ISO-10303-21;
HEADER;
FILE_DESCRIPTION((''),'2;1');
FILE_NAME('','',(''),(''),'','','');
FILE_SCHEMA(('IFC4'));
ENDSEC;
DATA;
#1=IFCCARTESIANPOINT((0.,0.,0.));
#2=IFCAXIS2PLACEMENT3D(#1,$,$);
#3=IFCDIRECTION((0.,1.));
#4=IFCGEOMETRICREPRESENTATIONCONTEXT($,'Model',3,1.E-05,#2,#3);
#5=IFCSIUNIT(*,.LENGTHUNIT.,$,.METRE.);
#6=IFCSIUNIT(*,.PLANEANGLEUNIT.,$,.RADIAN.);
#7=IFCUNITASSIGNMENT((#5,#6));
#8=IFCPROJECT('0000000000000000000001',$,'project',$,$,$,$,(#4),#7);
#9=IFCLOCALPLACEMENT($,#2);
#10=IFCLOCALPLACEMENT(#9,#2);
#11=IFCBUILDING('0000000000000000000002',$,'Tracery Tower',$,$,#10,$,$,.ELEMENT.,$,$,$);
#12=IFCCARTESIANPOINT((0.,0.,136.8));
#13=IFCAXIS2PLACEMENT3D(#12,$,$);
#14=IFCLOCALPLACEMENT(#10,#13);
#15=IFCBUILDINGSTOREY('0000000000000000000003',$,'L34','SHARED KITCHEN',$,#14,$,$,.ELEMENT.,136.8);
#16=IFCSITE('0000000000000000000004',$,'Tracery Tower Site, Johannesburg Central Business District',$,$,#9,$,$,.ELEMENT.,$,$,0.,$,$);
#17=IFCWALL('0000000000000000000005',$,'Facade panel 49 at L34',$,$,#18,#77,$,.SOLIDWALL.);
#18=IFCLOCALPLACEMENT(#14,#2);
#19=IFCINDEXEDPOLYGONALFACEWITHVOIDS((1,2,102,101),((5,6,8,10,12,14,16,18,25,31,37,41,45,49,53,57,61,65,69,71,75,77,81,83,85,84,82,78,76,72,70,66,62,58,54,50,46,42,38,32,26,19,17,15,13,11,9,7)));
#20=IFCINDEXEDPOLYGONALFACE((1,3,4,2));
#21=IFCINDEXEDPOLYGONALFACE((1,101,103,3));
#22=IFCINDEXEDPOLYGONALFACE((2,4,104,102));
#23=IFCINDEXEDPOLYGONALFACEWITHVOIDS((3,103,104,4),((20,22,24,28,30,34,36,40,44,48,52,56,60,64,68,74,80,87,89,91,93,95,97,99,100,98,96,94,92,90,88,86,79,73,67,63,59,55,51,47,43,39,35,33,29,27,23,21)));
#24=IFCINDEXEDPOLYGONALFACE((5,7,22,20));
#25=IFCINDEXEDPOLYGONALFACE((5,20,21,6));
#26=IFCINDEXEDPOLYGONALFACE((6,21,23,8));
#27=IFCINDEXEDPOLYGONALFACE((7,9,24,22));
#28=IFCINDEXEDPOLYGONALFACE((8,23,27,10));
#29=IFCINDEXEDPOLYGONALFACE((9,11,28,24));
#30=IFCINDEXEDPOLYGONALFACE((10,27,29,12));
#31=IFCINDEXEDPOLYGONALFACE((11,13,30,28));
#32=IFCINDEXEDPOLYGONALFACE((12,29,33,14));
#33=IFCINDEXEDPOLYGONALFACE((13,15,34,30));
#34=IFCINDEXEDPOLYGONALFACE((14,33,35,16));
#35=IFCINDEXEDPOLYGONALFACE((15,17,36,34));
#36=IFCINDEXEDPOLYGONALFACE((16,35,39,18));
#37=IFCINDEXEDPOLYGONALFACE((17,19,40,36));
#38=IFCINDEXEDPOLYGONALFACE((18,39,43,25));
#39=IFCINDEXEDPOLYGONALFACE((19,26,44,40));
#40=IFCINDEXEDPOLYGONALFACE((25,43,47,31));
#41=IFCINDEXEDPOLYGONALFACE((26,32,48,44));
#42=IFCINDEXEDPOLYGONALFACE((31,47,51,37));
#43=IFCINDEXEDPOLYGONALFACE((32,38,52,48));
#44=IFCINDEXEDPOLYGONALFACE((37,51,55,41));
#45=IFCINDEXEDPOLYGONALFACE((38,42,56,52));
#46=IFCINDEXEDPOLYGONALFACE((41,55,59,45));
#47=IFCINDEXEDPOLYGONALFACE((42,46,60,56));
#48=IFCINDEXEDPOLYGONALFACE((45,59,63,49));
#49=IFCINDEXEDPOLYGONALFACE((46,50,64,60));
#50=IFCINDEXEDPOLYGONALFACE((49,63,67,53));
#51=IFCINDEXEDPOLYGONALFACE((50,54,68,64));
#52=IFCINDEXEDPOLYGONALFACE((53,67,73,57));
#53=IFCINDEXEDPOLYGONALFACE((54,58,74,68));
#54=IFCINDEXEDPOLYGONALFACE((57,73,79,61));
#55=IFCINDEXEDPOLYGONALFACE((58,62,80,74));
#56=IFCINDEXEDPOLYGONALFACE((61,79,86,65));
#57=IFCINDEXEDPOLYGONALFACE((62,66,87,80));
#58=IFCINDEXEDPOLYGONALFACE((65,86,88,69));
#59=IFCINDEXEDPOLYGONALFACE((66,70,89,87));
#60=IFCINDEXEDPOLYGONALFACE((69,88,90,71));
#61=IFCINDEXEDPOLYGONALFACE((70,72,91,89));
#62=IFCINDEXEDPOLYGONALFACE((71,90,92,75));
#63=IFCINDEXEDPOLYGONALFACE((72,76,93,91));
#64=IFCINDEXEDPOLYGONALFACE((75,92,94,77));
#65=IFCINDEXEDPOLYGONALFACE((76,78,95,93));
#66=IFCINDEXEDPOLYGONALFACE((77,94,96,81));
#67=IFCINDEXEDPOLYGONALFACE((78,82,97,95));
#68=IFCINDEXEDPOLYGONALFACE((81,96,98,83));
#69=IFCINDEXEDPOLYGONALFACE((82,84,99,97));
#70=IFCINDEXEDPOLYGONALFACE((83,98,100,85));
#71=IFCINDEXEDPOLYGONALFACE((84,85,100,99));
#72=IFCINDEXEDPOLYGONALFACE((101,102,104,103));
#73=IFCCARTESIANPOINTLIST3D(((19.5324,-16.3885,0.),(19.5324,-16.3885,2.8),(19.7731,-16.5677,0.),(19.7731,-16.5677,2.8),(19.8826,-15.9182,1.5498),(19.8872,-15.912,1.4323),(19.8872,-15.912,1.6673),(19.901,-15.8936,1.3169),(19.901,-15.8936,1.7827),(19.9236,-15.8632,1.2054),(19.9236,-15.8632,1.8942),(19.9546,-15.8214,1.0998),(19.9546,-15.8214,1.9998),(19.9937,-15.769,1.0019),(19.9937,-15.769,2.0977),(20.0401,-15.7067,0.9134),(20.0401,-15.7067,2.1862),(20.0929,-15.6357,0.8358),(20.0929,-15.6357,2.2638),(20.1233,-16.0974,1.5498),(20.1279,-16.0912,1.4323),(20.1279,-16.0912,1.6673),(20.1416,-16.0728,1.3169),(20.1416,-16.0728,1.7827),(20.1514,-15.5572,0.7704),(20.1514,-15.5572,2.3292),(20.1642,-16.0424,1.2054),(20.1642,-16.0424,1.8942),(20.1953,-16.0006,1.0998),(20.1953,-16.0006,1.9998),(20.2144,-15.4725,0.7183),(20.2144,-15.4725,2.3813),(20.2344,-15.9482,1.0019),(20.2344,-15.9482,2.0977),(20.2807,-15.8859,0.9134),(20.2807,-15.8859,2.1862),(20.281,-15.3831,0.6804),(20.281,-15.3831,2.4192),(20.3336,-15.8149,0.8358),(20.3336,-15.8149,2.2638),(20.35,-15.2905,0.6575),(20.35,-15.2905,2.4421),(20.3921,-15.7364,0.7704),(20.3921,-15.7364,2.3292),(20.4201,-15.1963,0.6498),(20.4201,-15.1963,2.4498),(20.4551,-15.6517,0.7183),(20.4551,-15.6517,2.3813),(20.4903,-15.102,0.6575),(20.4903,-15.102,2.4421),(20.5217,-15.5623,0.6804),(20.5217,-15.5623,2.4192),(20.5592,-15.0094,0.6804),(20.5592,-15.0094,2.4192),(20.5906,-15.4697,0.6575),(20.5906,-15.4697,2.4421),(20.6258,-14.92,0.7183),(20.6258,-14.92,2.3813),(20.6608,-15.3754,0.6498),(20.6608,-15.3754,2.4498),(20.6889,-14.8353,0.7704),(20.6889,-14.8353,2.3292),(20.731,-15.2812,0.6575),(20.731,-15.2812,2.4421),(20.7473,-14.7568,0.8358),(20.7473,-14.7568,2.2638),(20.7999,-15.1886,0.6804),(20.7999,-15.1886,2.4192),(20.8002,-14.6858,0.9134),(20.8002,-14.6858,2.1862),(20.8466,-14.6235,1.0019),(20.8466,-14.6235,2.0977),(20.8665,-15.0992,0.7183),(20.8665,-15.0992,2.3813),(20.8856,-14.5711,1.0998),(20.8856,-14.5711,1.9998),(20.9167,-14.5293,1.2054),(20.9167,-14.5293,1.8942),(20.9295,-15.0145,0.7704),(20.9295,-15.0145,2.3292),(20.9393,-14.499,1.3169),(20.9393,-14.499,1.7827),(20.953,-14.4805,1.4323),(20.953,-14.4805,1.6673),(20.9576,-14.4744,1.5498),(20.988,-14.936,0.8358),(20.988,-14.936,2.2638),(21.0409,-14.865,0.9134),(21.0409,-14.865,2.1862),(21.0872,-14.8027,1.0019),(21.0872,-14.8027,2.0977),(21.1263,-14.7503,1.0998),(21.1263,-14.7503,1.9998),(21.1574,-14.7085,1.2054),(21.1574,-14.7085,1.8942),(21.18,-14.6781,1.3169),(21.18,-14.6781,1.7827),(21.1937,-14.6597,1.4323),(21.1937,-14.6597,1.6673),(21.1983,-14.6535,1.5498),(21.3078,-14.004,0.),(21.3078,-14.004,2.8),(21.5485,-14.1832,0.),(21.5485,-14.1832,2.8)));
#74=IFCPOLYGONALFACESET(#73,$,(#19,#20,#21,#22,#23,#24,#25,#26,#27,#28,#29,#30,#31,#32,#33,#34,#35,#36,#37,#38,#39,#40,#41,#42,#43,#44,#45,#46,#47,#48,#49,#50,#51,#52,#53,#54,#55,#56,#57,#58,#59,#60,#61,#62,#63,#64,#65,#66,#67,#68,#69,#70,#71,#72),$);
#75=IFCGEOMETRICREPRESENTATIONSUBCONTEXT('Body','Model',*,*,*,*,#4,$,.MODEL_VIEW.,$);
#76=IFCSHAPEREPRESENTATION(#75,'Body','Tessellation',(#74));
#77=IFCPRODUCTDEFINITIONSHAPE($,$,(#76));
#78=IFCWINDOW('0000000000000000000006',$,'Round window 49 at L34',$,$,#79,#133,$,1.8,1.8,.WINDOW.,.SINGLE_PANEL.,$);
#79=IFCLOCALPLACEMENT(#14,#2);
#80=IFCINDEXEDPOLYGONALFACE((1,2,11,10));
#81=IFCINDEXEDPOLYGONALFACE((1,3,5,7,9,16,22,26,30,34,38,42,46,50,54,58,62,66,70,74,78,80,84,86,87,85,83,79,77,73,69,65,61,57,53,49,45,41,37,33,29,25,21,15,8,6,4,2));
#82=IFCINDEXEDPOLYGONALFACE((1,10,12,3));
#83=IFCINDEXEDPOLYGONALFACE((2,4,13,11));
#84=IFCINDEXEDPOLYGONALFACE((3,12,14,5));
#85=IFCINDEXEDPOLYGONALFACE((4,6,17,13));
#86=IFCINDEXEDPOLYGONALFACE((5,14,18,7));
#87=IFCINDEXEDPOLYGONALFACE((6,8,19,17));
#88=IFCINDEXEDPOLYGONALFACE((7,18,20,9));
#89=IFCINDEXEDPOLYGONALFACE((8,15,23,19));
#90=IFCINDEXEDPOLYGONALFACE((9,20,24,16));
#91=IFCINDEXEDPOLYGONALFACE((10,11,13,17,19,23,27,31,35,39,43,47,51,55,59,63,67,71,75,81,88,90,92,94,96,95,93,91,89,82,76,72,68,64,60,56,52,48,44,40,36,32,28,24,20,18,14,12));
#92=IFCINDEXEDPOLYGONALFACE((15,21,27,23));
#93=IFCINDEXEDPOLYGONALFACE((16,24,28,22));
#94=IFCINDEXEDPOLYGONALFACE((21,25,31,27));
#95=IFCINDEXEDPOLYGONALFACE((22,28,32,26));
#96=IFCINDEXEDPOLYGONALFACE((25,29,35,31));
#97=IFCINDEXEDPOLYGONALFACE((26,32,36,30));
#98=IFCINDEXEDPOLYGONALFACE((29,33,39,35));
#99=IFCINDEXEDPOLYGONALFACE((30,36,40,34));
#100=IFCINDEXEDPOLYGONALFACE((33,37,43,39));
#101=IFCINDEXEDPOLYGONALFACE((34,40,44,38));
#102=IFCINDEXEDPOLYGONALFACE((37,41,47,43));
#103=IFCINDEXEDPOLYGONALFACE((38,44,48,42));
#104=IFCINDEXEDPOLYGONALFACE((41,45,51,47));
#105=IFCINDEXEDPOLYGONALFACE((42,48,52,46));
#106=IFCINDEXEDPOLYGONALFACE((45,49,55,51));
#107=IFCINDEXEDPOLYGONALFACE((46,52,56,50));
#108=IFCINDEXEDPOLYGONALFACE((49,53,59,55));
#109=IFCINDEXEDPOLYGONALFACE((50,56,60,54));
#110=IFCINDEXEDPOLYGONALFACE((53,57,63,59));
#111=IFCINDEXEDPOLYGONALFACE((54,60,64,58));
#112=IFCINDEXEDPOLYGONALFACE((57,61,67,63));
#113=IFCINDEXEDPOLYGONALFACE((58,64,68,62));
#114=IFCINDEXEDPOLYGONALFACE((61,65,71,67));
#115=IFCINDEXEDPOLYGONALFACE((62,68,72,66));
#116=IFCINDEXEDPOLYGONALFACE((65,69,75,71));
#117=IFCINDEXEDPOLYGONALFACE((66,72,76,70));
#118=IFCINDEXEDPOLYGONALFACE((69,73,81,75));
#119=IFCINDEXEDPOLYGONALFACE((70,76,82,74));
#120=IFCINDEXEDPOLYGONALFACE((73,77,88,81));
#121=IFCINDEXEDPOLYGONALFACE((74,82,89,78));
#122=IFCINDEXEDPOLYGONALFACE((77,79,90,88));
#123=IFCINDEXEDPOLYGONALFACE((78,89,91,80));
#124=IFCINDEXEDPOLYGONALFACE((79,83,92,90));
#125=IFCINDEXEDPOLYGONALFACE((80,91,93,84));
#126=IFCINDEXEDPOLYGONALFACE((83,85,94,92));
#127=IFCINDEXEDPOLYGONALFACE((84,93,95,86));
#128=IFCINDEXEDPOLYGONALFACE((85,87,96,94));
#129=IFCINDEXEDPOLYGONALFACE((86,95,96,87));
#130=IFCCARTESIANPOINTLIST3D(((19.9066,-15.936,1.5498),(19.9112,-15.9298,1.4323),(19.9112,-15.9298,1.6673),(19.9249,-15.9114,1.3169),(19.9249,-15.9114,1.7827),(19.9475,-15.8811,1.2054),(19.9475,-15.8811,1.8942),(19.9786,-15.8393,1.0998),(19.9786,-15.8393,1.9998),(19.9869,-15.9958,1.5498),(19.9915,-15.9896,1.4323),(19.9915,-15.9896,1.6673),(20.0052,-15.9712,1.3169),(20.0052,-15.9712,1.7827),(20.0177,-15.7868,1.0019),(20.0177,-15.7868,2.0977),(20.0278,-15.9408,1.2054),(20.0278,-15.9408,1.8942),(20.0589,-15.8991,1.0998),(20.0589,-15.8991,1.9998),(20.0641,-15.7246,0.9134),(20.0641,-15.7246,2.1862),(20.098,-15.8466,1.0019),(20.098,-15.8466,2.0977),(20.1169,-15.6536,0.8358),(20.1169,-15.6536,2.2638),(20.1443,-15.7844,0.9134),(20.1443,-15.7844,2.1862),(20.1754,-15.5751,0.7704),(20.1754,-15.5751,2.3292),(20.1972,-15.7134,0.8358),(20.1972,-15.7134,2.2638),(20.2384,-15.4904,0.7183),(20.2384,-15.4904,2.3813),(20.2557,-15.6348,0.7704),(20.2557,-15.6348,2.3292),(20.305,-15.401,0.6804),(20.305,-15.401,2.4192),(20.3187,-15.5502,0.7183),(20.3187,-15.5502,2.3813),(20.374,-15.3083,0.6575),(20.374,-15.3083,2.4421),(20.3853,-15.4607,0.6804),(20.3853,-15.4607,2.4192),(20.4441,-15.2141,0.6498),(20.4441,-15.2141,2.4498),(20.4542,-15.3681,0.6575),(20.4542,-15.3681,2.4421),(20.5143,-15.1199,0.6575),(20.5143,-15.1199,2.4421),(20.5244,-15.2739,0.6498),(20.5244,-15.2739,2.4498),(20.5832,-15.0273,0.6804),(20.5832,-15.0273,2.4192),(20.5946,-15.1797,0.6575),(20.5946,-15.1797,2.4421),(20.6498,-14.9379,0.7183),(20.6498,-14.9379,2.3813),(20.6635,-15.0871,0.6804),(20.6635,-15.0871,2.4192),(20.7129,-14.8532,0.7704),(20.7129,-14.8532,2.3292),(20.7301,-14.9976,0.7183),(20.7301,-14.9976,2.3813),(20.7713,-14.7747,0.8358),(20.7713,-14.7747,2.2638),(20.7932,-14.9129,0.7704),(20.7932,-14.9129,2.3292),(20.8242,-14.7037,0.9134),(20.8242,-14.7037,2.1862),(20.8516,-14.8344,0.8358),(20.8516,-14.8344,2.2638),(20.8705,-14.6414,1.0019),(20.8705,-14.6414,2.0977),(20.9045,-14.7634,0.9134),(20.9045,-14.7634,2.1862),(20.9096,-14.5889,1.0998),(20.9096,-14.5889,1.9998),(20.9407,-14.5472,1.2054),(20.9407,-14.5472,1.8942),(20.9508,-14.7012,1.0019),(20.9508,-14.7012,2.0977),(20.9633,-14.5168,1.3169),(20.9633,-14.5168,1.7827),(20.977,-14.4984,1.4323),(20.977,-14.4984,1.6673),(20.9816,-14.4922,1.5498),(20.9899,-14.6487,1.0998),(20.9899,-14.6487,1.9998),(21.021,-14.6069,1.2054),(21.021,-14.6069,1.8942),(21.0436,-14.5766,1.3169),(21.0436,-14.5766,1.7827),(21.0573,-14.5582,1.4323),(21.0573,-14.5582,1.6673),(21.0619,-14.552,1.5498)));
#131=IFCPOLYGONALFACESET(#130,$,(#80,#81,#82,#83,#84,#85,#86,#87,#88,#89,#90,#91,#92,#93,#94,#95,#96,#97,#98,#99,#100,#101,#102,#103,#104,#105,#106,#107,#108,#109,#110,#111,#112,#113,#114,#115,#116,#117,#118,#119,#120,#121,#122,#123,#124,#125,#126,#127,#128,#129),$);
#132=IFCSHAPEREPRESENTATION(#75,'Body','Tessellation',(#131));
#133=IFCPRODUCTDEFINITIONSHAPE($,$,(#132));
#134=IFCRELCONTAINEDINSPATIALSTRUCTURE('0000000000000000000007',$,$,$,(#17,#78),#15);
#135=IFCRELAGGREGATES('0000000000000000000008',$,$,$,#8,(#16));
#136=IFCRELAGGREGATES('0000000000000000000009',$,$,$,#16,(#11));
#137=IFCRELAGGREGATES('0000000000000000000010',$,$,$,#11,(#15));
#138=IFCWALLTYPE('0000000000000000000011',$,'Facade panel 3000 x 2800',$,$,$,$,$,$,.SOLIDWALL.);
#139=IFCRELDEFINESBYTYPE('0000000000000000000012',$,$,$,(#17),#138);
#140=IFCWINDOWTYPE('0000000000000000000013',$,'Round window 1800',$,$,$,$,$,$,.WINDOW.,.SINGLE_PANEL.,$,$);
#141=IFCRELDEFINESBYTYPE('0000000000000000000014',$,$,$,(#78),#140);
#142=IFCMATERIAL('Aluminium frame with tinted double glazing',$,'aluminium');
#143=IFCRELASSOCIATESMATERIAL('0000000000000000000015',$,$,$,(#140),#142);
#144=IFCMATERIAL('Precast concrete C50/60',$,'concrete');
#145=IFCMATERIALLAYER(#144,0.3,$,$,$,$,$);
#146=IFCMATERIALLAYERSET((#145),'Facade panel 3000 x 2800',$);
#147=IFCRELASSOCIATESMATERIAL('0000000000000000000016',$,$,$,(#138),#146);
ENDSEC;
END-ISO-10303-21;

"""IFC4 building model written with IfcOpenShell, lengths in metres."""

from ifc_helpers import new_model, si_unit, direction, frame, frame_2d, origin, origin_2d, place, context, subcontext, project, spatial, rectangle, circle, extrude, material, layer, layer_set, type_object, element, fill, save


model = new_model("IFC4")

# Units and contexts
model_context = context("Model", 3, precision=1e-05, world=origin(), true_north=direction((0.0, 1.0)))
body_context = subcontext(model_context, "Body", "Model", "MODEL_VIEW")
ifc_project = project(units=[si_unit("LENGTHUNIT", "METRE"), si_unit("PLANEANGLEUNIT", "RADIAN")], contexts=[model_context])

# Site, building, storey
site_placement = place(None, origin())
site = spatial("IfcSite", under=ifc_project, at=site_placement, Name="Tracery Tower Site, Johannesburg Central Business District", CompositionType="ELEMENT", RefElevation=0.0)
building_placement = place(site_placement, origin())
building = spatial("IfcBuilding", under=site, at=building_placement, Name="Tracery Tower", CompositionType="ELEMENT")
storey_placement = place(building_placement, frame((0.0, 0.0, 136.8)))
storey = spatial("IfcBuildingStorey", under=building, at=storey_placement, Name="L34", Description="SHARED KITCHEN", CompositionType="ELEMENT", Elevation=136.8)

# Wall, opening, window
ifc_material_1 = material(Name="Aluminium frame with tinted double glazing", Category="aluminium")
window_type = type_object("IfcWindowType", Name="Round window 1800", PartitioningType="SINGLE_PANEL", PredefinedType="WINDOW", material=ifc_material_1)
ifc_material_2 = material(Name="Precast concrete C50/60", Category="concrete")
ifc_layer_1 = layer(ifc_material_2, 0.3)
ifc_layer_set_1 = layer_set([ifc_layer_1], Name="Facade panel 3000 x 2800")
wall_type_1 = type_object("IfcWallType", Name="Facade panel 3000 x 2800", PredefinedType="SOLIDWALL", material=ifc_layer_set_1)
wall_1_placement = place(storey_placement, frame((19.6528, -16.478, 0.0), z_axis=(0.0, 0.0, 1.0), x_axis=(0.597198, 0.802094, 0.0)))
wall_1 = element("IfcWall", 1, at=wall_1_placement, inside=storey, type_object=wall_type_1, Name="Facade panel 49 at L34", PredefinedType="SOLIDWALL", context=body_context, shape_type="SweptSolid", body=[
    extrude(rectangle(XDim=2.9729, YDim=0.3, at=frame_2d((1.4863, 0.0))), origin(), (0.0, 0.0, 1.0), 2.8),
])
opening_1_placement = place(wall_1_placement, frame((1.4863, 0.0, 1.5498)))
opening_1 = element("IfcOpeningElement", 2, at=opening_1_placement, cuts=wall_1, PredefinedType="OPENING", context=body_context, shape_type="SweptSolid", body=[
    extrude(circle(Radius=0.9, at=origin_2d()), frame((0.0, 0.1599, 0.0), z_axis=(0.0, -1.0, 0.0), x_axis=(1.0, 0.0, 0.0)), (0.0, 0.0, 1.0), 0.3201),
])
window_1_placement = place(opening_1_placement, origin())
window_1 = element("IfcWindow", 3, at=window_1_placement, inside=storey, type_object=window_type, Name="Round window 49 at L34", OverallHeight=1.8, OverallWidth=1.8, PartitioningType="SINGLE_PANEL", PredefinedType="WINDOW", context=body_context, shape_type="SweptSolid", body=[
    extrude(circle(Radius=0.9, at=origin_2d()), frame((0.0, 0.1201, 0.0), z_axis=(0.0, -1.0, 0.0), x_axis=(1.0, 0.0, 0.0)), (0.0, 0.0, 1.0), 0.1001),
])
fill(opening_1, window_1)

save(model, "model.ifc")
